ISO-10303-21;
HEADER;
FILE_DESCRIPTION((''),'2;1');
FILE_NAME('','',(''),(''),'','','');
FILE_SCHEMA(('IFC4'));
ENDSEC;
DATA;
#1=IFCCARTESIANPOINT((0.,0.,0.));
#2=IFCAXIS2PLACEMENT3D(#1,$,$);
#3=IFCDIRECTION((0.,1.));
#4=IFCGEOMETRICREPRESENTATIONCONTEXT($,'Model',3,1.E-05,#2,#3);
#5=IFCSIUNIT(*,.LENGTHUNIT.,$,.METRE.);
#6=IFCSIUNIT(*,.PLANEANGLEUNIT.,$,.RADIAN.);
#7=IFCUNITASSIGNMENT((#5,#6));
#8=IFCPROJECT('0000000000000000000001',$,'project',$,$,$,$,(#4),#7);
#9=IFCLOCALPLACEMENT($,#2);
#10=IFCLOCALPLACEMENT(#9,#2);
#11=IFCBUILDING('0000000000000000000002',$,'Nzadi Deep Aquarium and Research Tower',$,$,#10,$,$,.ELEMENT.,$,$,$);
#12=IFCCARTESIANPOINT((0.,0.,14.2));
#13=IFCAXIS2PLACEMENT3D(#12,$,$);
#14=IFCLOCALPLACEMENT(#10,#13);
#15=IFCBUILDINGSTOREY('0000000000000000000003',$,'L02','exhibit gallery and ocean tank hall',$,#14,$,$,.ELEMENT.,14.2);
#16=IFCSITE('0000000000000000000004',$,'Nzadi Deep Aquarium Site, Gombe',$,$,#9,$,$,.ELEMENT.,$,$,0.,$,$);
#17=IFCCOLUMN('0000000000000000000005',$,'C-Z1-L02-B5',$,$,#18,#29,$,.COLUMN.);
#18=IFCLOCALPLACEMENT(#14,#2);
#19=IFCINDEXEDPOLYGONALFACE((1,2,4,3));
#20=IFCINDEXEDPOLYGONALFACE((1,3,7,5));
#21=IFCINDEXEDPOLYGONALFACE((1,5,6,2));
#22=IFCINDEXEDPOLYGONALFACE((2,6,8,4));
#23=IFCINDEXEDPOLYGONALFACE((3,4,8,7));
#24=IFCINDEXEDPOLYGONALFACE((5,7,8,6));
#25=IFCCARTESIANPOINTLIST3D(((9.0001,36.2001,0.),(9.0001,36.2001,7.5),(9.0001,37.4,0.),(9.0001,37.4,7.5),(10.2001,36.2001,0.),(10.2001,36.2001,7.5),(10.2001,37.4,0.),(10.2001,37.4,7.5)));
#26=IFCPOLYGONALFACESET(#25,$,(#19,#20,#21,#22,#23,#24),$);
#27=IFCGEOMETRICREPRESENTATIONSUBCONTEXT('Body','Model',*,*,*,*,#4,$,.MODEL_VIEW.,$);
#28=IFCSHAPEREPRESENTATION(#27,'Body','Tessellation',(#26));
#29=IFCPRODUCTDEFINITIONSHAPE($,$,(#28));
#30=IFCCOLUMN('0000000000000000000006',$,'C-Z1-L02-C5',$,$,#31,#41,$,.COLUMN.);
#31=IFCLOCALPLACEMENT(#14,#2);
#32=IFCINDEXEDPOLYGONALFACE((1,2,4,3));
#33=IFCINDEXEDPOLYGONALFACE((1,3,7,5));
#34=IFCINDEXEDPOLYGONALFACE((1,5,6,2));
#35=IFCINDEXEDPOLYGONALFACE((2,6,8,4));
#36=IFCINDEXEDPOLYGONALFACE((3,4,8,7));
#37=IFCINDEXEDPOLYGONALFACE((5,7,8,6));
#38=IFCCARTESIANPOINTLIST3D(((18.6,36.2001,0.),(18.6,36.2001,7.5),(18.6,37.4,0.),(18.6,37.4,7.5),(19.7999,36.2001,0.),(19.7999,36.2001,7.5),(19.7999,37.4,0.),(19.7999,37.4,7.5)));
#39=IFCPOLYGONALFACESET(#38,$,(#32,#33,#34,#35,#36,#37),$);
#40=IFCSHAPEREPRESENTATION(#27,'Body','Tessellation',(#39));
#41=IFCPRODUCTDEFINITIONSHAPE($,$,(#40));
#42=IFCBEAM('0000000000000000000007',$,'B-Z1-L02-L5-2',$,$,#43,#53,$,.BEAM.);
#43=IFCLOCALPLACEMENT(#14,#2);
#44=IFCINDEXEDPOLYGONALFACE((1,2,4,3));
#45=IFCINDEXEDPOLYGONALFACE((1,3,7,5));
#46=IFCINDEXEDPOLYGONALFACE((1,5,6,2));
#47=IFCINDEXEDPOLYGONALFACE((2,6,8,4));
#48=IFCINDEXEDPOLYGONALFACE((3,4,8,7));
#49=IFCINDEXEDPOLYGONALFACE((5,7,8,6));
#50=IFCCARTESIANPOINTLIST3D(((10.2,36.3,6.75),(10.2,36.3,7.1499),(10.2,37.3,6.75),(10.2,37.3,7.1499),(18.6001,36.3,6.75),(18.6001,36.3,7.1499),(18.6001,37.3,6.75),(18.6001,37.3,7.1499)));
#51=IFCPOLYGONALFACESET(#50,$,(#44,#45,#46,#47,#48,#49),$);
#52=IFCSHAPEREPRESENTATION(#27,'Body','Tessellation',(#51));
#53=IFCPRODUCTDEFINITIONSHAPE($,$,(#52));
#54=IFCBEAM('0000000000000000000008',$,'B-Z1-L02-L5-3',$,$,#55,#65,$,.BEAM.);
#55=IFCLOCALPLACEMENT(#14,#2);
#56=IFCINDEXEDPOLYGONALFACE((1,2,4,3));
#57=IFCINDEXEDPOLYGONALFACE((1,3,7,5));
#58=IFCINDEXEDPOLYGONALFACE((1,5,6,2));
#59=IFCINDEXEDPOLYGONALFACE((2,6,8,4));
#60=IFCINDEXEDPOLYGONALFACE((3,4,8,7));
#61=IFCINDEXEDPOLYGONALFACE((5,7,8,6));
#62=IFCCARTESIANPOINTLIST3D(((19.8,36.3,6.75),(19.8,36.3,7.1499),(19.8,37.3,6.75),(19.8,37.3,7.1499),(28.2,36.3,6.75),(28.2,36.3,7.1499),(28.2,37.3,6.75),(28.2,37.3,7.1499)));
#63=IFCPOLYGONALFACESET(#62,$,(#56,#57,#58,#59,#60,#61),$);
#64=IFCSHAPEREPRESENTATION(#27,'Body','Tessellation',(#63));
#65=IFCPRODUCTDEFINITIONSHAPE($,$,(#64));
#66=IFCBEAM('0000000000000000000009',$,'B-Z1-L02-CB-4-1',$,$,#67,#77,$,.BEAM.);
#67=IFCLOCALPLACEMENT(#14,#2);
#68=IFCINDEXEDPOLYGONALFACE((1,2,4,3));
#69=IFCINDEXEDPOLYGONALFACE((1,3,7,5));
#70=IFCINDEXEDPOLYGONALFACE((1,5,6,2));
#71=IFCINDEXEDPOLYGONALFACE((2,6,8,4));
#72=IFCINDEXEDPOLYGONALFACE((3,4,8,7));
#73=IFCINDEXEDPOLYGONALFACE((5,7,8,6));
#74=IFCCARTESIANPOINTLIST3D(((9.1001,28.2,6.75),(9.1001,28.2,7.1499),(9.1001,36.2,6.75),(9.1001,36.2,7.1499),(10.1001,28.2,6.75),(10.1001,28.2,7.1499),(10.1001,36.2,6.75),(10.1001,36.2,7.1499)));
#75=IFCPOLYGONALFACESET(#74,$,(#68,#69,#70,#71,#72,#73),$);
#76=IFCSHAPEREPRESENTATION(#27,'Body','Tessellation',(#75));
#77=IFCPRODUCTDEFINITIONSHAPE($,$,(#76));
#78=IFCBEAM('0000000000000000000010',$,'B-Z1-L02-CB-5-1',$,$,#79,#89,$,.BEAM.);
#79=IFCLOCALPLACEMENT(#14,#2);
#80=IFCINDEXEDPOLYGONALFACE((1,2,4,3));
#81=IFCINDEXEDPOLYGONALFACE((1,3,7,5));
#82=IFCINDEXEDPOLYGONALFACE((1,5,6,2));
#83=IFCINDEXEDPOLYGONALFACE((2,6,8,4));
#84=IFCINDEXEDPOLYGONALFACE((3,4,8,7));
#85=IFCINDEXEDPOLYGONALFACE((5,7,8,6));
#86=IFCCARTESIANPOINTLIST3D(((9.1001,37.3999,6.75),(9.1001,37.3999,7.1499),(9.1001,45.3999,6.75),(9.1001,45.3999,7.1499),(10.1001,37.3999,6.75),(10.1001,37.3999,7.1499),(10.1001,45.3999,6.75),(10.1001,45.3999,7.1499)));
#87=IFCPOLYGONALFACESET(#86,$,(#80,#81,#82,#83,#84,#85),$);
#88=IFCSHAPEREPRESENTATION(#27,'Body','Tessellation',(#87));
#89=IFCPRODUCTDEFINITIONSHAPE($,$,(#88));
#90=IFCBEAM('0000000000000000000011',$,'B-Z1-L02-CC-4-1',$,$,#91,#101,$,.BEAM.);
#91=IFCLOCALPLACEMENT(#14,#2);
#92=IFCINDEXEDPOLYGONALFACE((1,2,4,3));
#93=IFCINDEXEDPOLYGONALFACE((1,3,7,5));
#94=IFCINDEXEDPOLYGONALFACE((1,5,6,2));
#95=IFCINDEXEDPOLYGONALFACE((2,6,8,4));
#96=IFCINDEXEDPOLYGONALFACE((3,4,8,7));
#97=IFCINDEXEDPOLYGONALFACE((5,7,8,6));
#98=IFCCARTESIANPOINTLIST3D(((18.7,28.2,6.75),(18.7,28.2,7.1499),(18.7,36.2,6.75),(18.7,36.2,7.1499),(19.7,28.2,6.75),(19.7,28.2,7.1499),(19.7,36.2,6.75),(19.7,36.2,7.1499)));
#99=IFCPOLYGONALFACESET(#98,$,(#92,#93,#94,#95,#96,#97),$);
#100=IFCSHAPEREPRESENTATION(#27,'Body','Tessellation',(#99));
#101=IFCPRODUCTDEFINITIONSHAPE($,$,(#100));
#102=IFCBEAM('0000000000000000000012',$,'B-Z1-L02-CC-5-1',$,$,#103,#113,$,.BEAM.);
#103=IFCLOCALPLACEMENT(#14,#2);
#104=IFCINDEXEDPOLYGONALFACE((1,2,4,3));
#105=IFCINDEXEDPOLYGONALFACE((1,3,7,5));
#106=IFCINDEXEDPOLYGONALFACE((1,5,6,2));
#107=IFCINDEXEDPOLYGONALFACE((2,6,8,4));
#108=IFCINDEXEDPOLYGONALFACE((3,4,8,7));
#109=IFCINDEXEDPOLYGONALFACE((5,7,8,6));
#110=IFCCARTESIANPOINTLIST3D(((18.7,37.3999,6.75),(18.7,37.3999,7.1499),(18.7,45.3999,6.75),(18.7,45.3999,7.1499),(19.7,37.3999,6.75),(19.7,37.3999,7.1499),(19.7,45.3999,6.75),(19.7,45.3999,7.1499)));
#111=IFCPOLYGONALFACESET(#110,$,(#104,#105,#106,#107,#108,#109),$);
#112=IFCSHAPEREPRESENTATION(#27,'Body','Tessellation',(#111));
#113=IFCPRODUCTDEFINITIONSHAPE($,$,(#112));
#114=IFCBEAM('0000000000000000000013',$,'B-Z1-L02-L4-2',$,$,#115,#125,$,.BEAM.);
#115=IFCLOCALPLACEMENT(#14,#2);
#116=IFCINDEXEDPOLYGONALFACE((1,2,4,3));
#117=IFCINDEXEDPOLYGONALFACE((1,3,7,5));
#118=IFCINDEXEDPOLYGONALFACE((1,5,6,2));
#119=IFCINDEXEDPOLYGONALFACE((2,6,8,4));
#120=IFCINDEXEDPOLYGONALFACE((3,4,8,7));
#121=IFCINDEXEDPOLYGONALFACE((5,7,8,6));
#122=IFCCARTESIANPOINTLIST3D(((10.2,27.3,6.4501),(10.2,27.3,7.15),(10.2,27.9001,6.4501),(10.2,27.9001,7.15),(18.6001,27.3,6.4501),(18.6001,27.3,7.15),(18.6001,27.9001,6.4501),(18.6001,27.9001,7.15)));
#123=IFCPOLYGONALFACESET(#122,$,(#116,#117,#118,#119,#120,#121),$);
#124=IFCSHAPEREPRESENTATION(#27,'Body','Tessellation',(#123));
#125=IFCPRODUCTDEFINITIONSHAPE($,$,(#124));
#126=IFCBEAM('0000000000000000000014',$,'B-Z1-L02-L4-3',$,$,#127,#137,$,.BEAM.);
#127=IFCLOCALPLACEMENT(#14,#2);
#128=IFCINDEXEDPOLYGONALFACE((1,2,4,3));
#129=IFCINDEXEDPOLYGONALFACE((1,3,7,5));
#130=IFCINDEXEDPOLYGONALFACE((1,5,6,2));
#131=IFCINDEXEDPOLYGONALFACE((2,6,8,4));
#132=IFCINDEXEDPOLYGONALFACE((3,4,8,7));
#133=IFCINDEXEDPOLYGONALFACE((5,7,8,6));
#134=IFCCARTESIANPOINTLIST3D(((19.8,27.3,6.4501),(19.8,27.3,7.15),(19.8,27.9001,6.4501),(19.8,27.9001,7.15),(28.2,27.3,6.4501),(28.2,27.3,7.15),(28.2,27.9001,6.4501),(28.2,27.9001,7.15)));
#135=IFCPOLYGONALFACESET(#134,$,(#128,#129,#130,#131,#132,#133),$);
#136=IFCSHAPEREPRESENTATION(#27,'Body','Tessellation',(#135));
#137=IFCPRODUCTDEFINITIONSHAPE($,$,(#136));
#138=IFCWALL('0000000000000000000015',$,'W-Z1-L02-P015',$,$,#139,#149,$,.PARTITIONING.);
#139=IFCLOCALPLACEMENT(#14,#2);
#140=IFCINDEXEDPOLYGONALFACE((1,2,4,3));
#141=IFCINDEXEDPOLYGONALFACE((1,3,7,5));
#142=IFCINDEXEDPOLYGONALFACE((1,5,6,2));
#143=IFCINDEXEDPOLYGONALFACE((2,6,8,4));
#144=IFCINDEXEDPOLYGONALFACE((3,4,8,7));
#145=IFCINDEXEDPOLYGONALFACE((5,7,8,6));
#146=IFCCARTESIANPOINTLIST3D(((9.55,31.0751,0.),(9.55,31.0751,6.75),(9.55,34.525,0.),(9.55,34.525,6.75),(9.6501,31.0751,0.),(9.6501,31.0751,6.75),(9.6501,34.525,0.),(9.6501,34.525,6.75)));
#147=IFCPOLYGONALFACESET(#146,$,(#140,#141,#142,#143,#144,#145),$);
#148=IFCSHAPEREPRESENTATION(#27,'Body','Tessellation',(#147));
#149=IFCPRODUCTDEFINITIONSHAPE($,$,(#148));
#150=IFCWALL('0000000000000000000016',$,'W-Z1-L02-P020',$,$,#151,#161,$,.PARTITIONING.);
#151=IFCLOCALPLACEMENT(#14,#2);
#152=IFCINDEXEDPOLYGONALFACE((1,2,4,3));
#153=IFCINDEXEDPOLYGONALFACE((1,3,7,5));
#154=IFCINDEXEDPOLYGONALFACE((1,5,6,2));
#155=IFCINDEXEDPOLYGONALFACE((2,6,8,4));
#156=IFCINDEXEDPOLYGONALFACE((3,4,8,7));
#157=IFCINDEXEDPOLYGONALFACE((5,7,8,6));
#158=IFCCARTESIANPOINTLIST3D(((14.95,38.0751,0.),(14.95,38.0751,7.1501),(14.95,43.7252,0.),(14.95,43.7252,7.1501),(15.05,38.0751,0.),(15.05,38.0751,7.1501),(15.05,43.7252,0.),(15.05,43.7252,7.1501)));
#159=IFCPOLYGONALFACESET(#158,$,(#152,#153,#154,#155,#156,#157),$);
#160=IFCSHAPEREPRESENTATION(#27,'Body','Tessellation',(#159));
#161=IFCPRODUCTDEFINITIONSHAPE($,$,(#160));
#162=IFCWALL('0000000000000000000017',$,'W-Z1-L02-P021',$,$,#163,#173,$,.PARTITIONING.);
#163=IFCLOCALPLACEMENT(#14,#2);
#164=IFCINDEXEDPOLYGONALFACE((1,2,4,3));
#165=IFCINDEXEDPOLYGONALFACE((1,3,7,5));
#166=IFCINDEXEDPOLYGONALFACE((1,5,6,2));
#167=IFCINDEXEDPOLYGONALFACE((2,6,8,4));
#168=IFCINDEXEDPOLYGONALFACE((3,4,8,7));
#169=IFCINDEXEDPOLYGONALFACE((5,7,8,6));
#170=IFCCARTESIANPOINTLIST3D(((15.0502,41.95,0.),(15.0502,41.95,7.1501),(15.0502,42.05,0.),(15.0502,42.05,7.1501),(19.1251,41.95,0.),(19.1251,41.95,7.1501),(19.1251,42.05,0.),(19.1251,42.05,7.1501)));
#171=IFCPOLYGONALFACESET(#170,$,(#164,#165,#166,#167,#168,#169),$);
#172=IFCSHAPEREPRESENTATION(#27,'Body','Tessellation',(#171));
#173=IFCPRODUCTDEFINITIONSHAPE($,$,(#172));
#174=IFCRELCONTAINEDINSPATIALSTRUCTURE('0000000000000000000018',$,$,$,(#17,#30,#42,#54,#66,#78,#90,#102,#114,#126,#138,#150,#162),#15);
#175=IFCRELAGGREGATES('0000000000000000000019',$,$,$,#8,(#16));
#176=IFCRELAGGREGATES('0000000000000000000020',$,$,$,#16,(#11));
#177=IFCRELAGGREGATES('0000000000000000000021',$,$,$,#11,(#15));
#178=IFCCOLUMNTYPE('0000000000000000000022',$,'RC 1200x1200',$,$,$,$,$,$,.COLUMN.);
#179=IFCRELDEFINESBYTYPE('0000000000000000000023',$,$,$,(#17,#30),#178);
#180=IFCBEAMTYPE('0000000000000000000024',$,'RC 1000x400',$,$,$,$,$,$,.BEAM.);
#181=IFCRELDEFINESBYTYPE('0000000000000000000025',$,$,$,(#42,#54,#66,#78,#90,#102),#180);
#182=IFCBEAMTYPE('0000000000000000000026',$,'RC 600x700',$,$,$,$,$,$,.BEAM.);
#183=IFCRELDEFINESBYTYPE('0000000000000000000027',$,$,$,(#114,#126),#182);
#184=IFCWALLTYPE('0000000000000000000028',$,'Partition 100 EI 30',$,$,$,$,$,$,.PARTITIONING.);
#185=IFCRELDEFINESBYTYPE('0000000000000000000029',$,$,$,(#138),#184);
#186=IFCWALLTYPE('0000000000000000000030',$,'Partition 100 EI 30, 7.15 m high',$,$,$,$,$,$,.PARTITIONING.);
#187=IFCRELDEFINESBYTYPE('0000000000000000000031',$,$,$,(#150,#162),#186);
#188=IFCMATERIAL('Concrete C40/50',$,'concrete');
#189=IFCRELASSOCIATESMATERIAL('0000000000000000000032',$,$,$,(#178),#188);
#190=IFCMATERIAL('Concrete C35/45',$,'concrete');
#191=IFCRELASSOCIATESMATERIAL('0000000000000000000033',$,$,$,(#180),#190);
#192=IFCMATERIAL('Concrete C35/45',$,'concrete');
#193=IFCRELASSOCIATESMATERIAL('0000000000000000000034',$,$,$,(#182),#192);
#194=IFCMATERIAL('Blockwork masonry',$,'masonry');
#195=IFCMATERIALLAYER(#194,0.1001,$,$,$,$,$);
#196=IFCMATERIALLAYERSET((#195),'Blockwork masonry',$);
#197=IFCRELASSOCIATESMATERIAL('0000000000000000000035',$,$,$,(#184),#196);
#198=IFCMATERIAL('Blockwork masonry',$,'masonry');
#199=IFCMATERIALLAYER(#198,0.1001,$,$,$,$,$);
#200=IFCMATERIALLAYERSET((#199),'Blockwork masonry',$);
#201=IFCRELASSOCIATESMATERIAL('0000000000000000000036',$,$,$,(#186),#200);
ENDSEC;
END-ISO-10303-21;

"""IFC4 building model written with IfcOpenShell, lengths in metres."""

from ifc_helpers import new_model, si_unit, direction, frame, frame_2d, origin, origin_2d, place, context, subcontext, project, spatial, rectangle, extrude, material, layer, layer_set, material_profile, profile_set, type_object, element, save


model = new_model("IFC4")

# Units and contexts
model_context = context("Model", 3, precision=1e-05, world=origin(), true_north=direction((0.0, 1.0)))
body_context = subcontext(model_context, "Body", "Model", "MODEL_VIEW")
ifc_project = project(units=[si_unit("LENGTHUNIT", "METRE"), si_unit("PLANEANGLEUNIT", "RADIAN")], contexts=[model_context])

# Site, building, storey
site_placement = place(None, origin())
site = spatial("IfcSite", under=ifc_project, at=site_placement, Name="Nzadi Deep Aquarium Site, Gombe", CompositionType="ELEMENT", RefElevation=0.0)
building_placement = place(site_placement, origin())
building = spatial("IfcBuilding", under=site, at=building_placement, Name="Nzadi Deep Aquarium and Research Tower", CompositionType="ELEMENT")
storey_placement = place(building_placement, frame((0.0, 0.0, 14.2)))
storey = spatial("IfcBuildingStorey", under=building, at=storey_placement, Name="L02", Description="exhibit gallery and ocean tank hall", CompositionType="ELEMENT", Elevation=14.2)

# Columns
ifc_material_1 = material(Name="Concrete C40/50", Category="concrete")
ifc_material_profile_1 = material_profile(ifc_material_1, rectangle(XDim=1.2, YDim=1.2, at=origin_2d()))
ifc_profile_set_1 = profile_set([ifc_material_profile_1], Name="Concrete C40/50")
column_type = type_object("IfcColumnType", Name="RC 1200x1200", PredefinedType="COLUMN", material=ifc_profile_set_1)
for number, where, z_axis, x_axis, name in (
    (1, (9.6001, 36.8, 0.0), (0.0, 0.0, 1.0), (1.0, 0.0, 0.0), "C-Z1-L02-B5"),
    (2, (19.2, 36.8, 0.0), (0.0, 0.0, 1.0), (1.0, 0.0, 0.0), "C-Z1-L02-C5"),
):
    element("IfcColumn", number, at=place(storey_placement, frame(where, z_axis=z_axis, x_axis=x_axis)), inside=storey, type_object=column_type, Name=name, PredefinedType="COLUMN", context=body_context, shape_type="SweptSolid", body=[
        extrude(rectangle(XDim=1.2, YDim=1.2, at=origin_2d()), origin(), (0.0, 0.0, 1.0), 7.5),
    ])

# Beams
ifc_material_2 = material(Name="Concrete C35/45", Category="concrete")
ifc_material_profile_2 = material_profile(ifc_material_2, rectangle(XDim=1.0, YDim=0.3999, at=origin_2d()))
ifc_profile_set_2 = profile_set([ifc_material_profile_2], Name="Concrete C35/45")
beam_type_1 = type_object("IfcBeamType", Name="RC 1000x400", PredefinedType="BEAM", material=ifc_profile_set_2)
beam_1_placement = place(storey_placement, frame((10.2, 36.8, 6.95), z_axis=(1.0, 0.0, 0.0), x_axis=(0.0, 1.0, 0.0)))
element("IfcBeam", 3, at=beam_1_placement, inside=storey, type_object=beam_type_1, Name="B-Z1-L02-L5-2", PredefinedType="BEAM", context=body_context, shape_type="SweptSolid", body=[
    extrude(rectangle(XDim=1.0, YDim=0.3999, at=origin_2d()), origin(), (0.0, 0.0, 1.0), 8.4001),
])
beam_2_placement = place(storey_placement, frame((19.8, 36.8, 6.95), z_axis=(1.0, 0.0, 0.0), x_axis=(0.0, 1.0, 0.0)))
element("IfcBeam", 4, at=beam_2_placement, inside=storey, type_object=beam_type_1, Name="B-Z1-L02-L5-3", PredefinedType="BEAM", context=body_context, shape_type="SweptSolid", body=[
    extrude(rectangle(XDim=1.0, YDim=0.3999, at=origin_2d()), origin(), (0.0, 0.0, 1.0), 8.3999),
])
for number, where, z_axis, x_axis, name in (
    (5, (9.6001, 28.2, 6.95), (0.0, 1.0, 0.0), (-1.0, 0.0, 0.0), "B-Z1-L02-CB-4-1"),
    (6, (9.6001, 37.3999, 6.95), (0.0, 1.0, 0.0), (-1.0, 0.0, 0.0), "B-Z1-L02-CB-5-1"),
    (7, (19.2, 28.2, 6.95), (0.0, 1.0, 0.0), (-1.0, 0.0, 0.0), "B-Z1-L02-CC-4-1"),
    (8, (19.2, 37.3999, 6.95), (0.0, 1.0, 0.0), (-1.0, 0.0, 0.0), "B-Z1-L02-CC-5-1"),
):
    element("IfcBeam", number, at=place(storey_placement, frame(where, z_axis=z_axis, x_axis=x_axis)), inside=storey, type_object=beam_type_1, Name=name, PredefinedType="BEAM", context=body_context, shape_type="SweptSolid", body=[
        extrude(rectangle(XDim=1.0, YDim=0.3999, at=origin_2d()), origin(), (0.0, 0.0, 1.0), 8.0),
    ])
ifc_material_3 = material(Name="Concrete C35/45", Category="concrete")
ifc_material_profile_3 = material_profile(ifc_material_3, rectangle(XDim=0.6001, YDim=0.7, at=origin_2d()))
ifc_profile_set_3 = profile_set([ifc_material_profile_3], Name="Concrete C35/45")
beam_type_2 = type_object("IfcBeamType", Name="RC 600x700", PredefinedType="BEAM", material=ifc_profile_set_3)
beam_3_placement = place(storey_placement, frame((10.2, 27.6001, 6.8), z_axis=(1.0, 0.0, 0.0), x_axis=(0.0, 1.0, 0.0)))
element("IfcBeam", 9, at=beam_3_placement, inside=storey, type_object=beam_type_2, Name="B-Z1-L02-L4-2", PredefinedType="BEAM", context=body_context, shape_type="SweptSolid", body=[
    extrude(rectangle(XDim=0.6001, YDim=0.7, at=origin_2d()), origin(), (0.0, 0.0, 1.0), 8.4001),
])
beam_4_placement = place(storey_placement, frame((19.8, 27.6001, 6.8), z_axis=(1.0, 0.0, 0.0), x_axis=(0.0, 1.0, 0.0)))
element("IfcBeam", 10, at=beam_4_placement, inside=storey, type_object=beam_type_2, Name="B-Z1-L02-L4-3", PredefinedType="BEAM", context=body_context, shape_type="SweptSolid", body=[
    extrude(rectangle(XDim=0.6001, YDim=0.7, at=origin_2d()), origin(), (0.0, 0.0, 1.0), 8.3999),
])

# Walls
ifc_material_4 = material(Name="Blockwork masonry", Category="masonry")
ifc_layer_1 = layer(ifc_material_4, 0.1001)
ifc_layer_set_1 = layer_set([ifc_layer_1], Name="Blockwork masonry")
wall_type_1 = type_object("IfcWallType", Name="Partition 100 EI 30", PredefinedType="PARTITIONING", material=ifc_layer_set_1)
wall_1_placement = place(storey_placement, frame((9.6001, 31.075, 0.0), z_axis=(0.0, 0.0, 1.0), x_axis=(0.0, 1.0, 0.0)))
element("IfcWall", 11, at=wall_1_placement, inside=storey, type_object=wall_type_1, Name="W-Z1-L02-P015", PredefinedType="PARTITIONING", context=body_context, shape_type="SweptSolid", body=[
    extrude(rectangle(XDim=3.45, YDim=0.1001, at=frame_2d((1.7251, 0.0))), origin(), (0.0, 0.0, 1.0), 6.75),
])
ifc_material_5 = material(Name="Blockwork masonry", Category="masonry")
ifc_layer_2 = layer(ifc_material_5, 0.1001)
ifc_layer_set_2 = layer_set([ifc_layer_2], Name="Blockwork masonry")
wall_type_2 = type_object("IfcWallType", Name="Partition 100 EI 30, 7.15 m high", PredefinedType="PARTITIONING", material=ifc_layer_set_2)
wall_2_placement = place(storey_placement, frame((15.0, 38.075, 0.0), z_axis=(0.0, 0.0, 1.0), x_axis=(0.0, 1.0, 0.0)))
element("IfcWall", 12, at=wall_2_placement, inside=storey, type_object=wall_type_2, Name="W-Z1-L02-P020", PredefinedType="PARTITIONING", context=body_context, shape_type="SweptSolid", body=[
    extrude(rectangle(XDim=5.6501, YDim=0.1001, at=frame_2d((2.8252, 0.0))), origin(), (0.0, 0.0, 1.0), 7.1501),
])
wall_3_placement = place(storey_placement, frame((15.05, 42.0, 0.0), z_axis=(0.0, 0.0, 1.0), x_axis=(1.0, 0.0, 0.0)))
element("IfcWall", 13, at=wall_3_placement, inside=storey, type_object=wall_type_2, Name="W-Z1-L02-P021", PredefinedType="PARTITIONING", context=body_context, shape_type="SweptSolid", body=[
    extrude(rectangle(XDim=4.075, YDim=0.1001, at=frame_2d((2.0376, 0.0))), origin(), (0.0, 0.0, 1.0), 7.1501),
])

save(model, "model.ifc")
